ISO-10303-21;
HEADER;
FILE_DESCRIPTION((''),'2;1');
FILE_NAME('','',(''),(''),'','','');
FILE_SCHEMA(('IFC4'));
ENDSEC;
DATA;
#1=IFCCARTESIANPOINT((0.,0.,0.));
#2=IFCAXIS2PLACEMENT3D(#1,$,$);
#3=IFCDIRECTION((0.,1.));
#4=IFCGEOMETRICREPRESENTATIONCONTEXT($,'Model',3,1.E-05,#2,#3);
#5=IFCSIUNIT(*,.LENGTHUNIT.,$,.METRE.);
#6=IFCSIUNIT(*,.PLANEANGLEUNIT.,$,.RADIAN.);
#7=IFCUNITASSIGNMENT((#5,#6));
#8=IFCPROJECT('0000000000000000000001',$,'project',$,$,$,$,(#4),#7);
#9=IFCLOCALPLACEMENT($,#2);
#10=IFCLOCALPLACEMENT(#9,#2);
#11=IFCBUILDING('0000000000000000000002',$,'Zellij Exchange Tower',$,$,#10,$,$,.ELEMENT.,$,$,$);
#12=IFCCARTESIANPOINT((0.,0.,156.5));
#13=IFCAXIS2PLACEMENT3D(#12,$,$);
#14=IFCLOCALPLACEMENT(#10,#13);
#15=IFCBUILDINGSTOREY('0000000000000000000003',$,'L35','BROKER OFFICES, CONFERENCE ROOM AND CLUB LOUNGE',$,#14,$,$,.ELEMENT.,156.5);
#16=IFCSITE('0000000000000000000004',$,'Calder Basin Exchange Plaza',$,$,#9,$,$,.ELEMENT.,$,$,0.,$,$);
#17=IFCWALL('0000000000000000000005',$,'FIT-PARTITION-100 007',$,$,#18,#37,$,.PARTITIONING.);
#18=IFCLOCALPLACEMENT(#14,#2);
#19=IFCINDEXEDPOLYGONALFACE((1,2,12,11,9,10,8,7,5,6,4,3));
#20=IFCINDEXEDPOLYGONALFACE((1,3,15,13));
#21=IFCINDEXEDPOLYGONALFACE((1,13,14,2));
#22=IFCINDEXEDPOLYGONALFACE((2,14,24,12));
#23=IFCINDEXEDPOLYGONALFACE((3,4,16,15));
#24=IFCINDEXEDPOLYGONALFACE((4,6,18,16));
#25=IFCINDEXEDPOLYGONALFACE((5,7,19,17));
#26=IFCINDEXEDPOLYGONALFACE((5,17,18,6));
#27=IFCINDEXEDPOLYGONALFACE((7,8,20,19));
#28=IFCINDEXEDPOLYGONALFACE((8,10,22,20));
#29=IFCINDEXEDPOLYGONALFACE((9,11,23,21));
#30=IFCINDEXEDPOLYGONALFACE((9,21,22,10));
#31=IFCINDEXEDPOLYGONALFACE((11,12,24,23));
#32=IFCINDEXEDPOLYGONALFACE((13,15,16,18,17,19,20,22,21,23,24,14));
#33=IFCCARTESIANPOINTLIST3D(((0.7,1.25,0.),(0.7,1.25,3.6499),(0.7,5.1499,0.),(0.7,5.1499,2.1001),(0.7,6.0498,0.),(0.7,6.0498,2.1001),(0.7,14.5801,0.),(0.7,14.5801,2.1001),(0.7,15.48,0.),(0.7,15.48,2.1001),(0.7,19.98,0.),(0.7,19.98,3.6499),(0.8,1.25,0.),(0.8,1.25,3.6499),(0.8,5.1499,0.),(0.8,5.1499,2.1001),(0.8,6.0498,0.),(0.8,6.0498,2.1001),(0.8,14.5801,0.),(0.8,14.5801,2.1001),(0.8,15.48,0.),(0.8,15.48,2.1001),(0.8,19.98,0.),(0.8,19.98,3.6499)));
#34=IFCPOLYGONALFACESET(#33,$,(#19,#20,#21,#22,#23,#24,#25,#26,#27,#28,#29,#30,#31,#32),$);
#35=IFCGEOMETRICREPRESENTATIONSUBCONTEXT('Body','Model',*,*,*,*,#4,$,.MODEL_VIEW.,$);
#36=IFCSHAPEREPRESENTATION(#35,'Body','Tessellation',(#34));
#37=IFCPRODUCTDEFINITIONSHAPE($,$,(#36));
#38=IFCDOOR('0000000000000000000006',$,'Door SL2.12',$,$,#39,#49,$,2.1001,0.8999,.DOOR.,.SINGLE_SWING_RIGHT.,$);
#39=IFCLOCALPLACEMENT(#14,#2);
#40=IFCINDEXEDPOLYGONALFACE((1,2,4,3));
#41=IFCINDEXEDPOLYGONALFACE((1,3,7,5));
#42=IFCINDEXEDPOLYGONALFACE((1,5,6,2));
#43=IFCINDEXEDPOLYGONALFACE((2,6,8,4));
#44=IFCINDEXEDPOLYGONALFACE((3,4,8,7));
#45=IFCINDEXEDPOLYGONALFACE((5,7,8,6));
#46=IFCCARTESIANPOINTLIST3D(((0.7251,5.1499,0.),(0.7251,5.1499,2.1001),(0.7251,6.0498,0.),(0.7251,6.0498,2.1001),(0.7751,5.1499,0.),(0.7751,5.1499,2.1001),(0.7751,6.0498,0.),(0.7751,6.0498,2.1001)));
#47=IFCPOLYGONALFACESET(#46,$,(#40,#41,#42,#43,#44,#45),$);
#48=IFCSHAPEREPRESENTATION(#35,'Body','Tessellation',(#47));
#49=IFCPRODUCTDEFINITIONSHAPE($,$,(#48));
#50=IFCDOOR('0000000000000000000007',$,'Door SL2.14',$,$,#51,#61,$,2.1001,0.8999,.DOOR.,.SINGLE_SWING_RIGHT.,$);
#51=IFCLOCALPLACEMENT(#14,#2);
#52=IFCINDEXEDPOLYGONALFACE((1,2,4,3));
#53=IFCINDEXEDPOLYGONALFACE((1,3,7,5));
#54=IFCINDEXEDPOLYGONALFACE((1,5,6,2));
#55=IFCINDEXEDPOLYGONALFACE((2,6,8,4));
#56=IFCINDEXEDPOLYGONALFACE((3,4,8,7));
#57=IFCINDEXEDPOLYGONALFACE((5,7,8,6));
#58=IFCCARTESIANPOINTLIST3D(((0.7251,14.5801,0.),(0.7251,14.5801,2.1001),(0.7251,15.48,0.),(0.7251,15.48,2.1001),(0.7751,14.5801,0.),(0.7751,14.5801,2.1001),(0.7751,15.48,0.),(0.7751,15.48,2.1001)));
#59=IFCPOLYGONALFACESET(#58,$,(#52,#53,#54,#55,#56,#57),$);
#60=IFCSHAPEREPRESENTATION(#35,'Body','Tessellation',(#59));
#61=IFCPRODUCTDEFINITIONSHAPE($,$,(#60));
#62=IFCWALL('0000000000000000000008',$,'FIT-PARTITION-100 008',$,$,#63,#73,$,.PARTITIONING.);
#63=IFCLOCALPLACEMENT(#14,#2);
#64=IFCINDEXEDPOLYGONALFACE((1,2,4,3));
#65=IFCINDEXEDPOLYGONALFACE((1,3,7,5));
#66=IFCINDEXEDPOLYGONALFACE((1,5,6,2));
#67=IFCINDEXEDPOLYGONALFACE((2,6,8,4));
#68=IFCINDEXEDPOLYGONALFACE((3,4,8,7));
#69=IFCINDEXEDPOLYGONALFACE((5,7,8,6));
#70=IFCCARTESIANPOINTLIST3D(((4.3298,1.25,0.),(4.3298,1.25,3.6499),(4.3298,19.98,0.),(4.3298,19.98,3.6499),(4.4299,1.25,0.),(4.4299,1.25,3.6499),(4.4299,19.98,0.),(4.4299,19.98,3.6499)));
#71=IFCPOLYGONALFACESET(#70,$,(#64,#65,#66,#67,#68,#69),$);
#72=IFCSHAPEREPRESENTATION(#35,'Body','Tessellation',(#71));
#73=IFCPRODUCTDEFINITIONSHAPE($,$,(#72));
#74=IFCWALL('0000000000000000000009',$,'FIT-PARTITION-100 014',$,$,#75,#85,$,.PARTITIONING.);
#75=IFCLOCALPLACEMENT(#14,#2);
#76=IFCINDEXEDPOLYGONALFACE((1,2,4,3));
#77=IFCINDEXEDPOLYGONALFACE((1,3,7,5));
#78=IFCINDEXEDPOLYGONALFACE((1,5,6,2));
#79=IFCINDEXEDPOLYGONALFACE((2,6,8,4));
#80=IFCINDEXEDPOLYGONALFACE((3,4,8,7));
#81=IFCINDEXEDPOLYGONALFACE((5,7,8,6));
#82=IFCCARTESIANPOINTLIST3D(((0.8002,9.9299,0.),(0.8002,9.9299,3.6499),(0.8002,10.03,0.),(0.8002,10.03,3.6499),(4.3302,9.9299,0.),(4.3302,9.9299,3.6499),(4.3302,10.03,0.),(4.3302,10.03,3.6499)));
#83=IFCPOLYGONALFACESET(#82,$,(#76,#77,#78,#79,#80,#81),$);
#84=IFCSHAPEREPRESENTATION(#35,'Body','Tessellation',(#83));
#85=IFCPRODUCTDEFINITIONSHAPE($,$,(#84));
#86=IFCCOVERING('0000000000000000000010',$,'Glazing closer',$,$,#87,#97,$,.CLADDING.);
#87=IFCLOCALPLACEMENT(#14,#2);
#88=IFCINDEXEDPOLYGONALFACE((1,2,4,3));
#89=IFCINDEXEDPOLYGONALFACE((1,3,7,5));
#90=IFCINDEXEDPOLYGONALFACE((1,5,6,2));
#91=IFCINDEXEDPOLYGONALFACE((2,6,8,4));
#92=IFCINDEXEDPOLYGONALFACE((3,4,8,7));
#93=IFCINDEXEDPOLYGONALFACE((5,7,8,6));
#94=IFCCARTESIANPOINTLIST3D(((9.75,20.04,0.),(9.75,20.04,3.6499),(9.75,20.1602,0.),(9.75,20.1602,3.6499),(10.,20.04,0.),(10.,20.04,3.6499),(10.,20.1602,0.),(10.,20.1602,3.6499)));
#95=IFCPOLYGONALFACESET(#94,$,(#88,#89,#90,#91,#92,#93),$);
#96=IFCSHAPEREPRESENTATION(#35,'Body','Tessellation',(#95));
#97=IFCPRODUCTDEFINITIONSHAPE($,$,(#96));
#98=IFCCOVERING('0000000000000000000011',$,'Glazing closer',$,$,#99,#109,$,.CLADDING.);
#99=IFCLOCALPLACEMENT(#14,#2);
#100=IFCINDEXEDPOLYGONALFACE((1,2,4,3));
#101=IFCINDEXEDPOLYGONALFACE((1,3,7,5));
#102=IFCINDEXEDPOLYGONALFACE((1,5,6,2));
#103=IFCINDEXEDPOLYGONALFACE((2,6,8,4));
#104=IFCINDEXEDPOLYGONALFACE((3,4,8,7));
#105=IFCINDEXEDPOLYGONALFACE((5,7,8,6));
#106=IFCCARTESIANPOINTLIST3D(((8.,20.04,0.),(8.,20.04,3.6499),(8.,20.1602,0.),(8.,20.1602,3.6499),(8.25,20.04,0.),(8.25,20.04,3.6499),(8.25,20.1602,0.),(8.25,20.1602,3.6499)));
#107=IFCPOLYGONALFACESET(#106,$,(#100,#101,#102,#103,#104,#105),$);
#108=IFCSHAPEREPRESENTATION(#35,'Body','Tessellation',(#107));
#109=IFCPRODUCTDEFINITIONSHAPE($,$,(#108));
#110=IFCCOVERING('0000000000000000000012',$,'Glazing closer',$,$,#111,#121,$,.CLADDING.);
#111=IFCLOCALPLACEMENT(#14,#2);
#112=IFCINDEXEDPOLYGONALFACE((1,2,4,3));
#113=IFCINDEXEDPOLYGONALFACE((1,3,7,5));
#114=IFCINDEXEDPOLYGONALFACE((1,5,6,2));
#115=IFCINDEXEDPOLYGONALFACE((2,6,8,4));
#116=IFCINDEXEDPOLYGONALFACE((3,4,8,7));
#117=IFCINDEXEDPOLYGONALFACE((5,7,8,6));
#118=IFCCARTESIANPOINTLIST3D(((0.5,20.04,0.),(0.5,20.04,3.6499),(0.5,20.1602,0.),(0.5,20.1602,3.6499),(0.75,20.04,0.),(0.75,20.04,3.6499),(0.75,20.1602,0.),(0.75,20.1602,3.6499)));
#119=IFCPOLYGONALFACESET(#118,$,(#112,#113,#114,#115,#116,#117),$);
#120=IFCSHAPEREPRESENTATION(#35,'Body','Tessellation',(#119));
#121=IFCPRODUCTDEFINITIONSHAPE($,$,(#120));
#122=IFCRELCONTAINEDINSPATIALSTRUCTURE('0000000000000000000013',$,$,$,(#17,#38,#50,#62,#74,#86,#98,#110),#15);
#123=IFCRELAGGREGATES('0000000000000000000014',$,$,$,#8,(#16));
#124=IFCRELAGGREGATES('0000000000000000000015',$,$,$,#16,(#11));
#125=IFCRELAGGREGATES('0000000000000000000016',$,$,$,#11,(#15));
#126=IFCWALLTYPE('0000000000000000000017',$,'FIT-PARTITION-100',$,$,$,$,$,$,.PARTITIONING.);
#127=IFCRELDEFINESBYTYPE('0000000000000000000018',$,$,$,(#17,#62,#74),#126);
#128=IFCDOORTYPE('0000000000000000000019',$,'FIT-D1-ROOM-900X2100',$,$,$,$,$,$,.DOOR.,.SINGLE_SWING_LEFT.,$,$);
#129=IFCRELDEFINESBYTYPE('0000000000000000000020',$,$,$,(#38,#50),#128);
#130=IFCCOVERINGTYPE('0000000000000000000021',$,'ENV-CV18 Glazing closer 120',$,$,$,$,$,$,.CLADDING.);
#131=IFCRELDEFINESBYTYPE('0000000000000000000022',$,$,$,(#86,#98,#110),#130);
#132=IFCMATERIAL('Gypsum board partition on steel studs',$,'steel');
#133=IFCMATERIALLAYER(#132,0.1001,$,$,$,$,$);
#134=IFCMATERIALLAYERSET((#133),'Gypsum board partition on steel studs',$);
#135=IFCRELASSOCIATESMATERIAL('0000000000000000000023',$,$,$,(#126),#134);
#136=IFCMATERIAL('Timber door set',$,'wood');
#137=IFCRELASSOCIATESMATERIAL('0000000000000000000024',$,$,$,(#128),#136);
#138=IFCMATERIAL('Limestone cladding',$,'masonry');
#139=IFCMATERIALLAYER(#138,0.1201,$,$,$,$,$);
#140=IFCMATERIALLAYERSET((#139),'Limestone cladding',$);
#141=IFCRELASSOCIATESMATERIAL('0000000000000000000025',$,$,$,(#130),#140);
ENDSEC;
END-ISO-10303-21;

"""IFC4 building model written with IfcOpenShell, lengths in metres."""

from ifc_helpers import new_model, si_unit, direction, frame, frame_2d, origin, origin_2d, place, context, subcontext, project, spatial, rectangle, extrude, material, layer, layer_set, type_object, element, fill, save


model = new_model("IFC4")

# Units and contexts
model_context = context("Model", 3, precision=1e-05, world=origin(), true_north=direction((0.0, 1.0)))
body_context = subcontext(model_context, "Body", "Model", "MODEL_VIEW")
ifc_project = project(units=[si_unit("LENGTHUNIT", "METRE"), si_unit("PLANEANGLEUNIT", "RADIAN")], contexts=[model_context])

# Site, building, storey
site_placement = place(None, origin())
site = spatial("IfcSite", under=ifc_project, at=site_placement, Name="Calder Basin Exchange Plaza", CompositionType="ELEMENT", RefElevation=0.0)
building_placement = place(site_placement, origin())
building = spatial("IfcBuilding", under=site, at=building_placement, Name="Zellij Exchange Tower", CompositionType="ELEMENT")
storey_placement = place(building_placement, frame((0.0, 0.0, 156.5)))
storey = spatial("IfcBuildingStorey", under=building, at=storey_placement, Name="L35", Description="BROKER OFFICES, CONFERENCE ROOM AND CLUB LOUNGE", CompositionType="ELEMENT", Elevation=156.5)

# Wall, openings, doors
ifc_material_1 = material(Name="Gypsum board partition on steel studs", Category="steel")
ifc_layer_1 = layer(ifc_material_1, 0.1001)
ifc_layer_set_1 = layer_set([ifc_layer_1], Name="Gypsum board partition on steel studs")
wall_type = type_object("IfcWallType", Name="FIT-PARTITION-100", PredefinedType="PARTITIONING", material=ifc_layer_set_1)
wall_1_placement = place(storey_placement, frame((0.75, 1.25, 0.0), z_axis=(0.0, 0.0, 1.0), x_axis=(0.0, 1.0, 0.0)))
wall_1 = element("IfcWall", 1, at=wall_1_placement, inside=storey, type_object=wall_type, Name="FIT-PARTITION-100 007", PredefinedType="PARTITIONING", context=body_context, shape_type="SweptSolid", body=[
    extrude(rectangle(XDim=18.73, YDim=0.1001, at=frame_2d((9.365, 0.0))), origin(), (0.0, 0.0, 1.0), 3.6499),
])
opening_1_placement = place(wall_1_placement, frame((3.8999, 0.0, 0.0)))
opening_1 = element("IfcOpeningElement", 2, at=opening_1_placement, cuts=wall_1, PredefinedType="OPENING", context=body_context, shape_type="SweptSolid", body=[
    extrude(rectangle(XDim=0.8999, YDim=2.1001, at=frame_2d((0.45, 1.05))), frame((0.0, 0.062, 0.0), z_axis=(0.0, -1.0, 0.0), x_axis=(1.0, 0.0, 0.0)), (0.0, 0.0, 1.0), 0.124),
])
opening_2_placement = place(wall_1_placement, frame((13.3301, 0.0, 0.0)))
opening_2 = element("IfcOpeningElement", 3, at=opening_2_placement, cuts=wall_1, PredefinedType="OPENING", context=body_context, shape_type="SweptSolid", body=[
    extrude(rectangle(XDim=0.8999, YDim=2.1001, at=frame_2d((0.45, 1.05))), frame((0.0, 0.062, 0.0), z_axis=(0.0, -1.0, 0.0), x_axis=(1.0, 0.0, 0.0)), (0.0, 0.0, 1.0), 0.124),
])
ifc_material_2 = material(Name="Timber door set", Category="wood")
door_type = type_object("IfcDoorType", Name="FIT-D1-ROOM-900X2100", OperationType="SINGLE_SWING_LEFT", PredefinedType="DOOR", material=ifc_material_2)
door_1_placement = place(opening_1_placement, origin())
door_1 = element("IfcDoor", 4, at=door_1_placement, inside=storey, type_object=door_type, Name="Door SL2.12", OperationType="SINGLE_SWING_RIGHT", OverallHeight=2.1001, OverallWidth=0.8999, PredefinedType="DOOR", context=body_context, shape_type="SweptSolid", body=[
    extrude(rectangle(XDim=0.8999, YDim=2.1001, at=frame_2d((0.45, 1.05))), frame((0.0, 0.0249, 0.0), z_axis=(0.0, -1.0, 0.0), x_axis=(1.0, 0.0, 0.0)), (0.0, 0.0, 1.0), 0.05),
])
fill(opening_1, door_1)
door_2_placement = place(opening_2_placement, origin())
door_2 = element("IfcDoor", 5, at=door_2_placement, inside=storey, type_object=door_type, Name="Door SL2.14", OperationType="SINGLE_SWING_RIGHT", OverallHeight=2.1001, OverallWidth=0.8999, PredefinedType="DOOR", context=body_context, shape_type="SweptSolid", body=[
    extrude(rectangle(XDim=0.8999, YDim=2.1001, at=frame_2d((0.45, 1.05))), frame((0.0, 0.0249, 0.0), z_axis=(0.0, -1.0, 0.0), x_axis=(1.0, 0.0, 0.0)), (0.0, 0.0, 1.0), 0.05),
])
fill(opening_2, door_2)

# Walls
wall_2_placement = place(storey_placement, frame((4.3799, 1.25, 0.0), z_axis=(0.0, 0.0, 1.0), x_axis=(0.0, 1.0, 0.0)))
element("IfcWall", 6, at=wall_2_placement, inside=storey, type_object=wall_type, Name="FIT-PARTITION-100 008", PredefinedType="PARTITIONING", context=body_context, shape_type="SweptSolid", body=[
    extrude(rectangle(XDim=18.73, YDim=0.1001, at=frame_2d((9.365, 0.0))), origin(), (0.0, 0.0, 1.0), 3.6499),
])
wall_3_placement = place(storey_placement, frame((0.8, 9.98, 0.0), z_axis=(0.0, 0.0, 1.0), x_axis=(1.0, 0.0, 0.0)))
element("IfcWall", 7, at=wall_3_placement, inside=storey, type_object=wall_type, Name="FIT-PARTITION-100 014", PredefinedType="PARTITIONING", context=body_context, shape_type="SweptSolid", body=[
    extrude(rectangle(XDim=3.53, YDim=0.1001, at=frame_2d((1.7651, 0.0))), origin(), (0.0, 0.0, 1.0), 3.6499),
])

# Coverings
ifc_material_3 = material(Name="Limestone cladding", Category="masonry")
ifc_layer_2 = layer(ifc_material_3, 0.1201)
ifc_layer_set_2 = layer_set([ifc_layer_2], Name="Limestone cladding")
covering_type = type_object("IfcCoveringType", Name="ENV-CV18 Glazing closer 120", PredefinedType="CLADDING", material=ifc_layer_set_2)
for number, where, z_axis, x_axis, name in (
    (8, (9.875, 20.1001, 0.0), (0.0, 0.0, 1.0), (-1.0, 0.0, 0.0), "Glazing closer"),
    (9, (8.125, 20.1001, 0.0), (0.0, 0.0, 1.0), (1.0, 0.0, 0.0), "Glazing closer"),
    (10, (0.625, 20.1001, 0.0), (0.0, 0.0, 1.0), (-1.0, 0.0, 0.0), "Glazing closer"),
):
    element("IfcCovering", number, at=place(storey_placement, frame(where, z_axis=z_axis, x_axis=x_axis)), inside=storey, type_object=covering_type, Name=name, PredefinedType="CLADDING", context=body_context, shape_type="SweptSolid", body=[
        extrude(rectangle(XDim=0.25, YDim=0.1201, at=origin_2d()), origin(), (0.0, 0.0, 1.0), 3.6499),
    ])

save(model, "model.ifc")
